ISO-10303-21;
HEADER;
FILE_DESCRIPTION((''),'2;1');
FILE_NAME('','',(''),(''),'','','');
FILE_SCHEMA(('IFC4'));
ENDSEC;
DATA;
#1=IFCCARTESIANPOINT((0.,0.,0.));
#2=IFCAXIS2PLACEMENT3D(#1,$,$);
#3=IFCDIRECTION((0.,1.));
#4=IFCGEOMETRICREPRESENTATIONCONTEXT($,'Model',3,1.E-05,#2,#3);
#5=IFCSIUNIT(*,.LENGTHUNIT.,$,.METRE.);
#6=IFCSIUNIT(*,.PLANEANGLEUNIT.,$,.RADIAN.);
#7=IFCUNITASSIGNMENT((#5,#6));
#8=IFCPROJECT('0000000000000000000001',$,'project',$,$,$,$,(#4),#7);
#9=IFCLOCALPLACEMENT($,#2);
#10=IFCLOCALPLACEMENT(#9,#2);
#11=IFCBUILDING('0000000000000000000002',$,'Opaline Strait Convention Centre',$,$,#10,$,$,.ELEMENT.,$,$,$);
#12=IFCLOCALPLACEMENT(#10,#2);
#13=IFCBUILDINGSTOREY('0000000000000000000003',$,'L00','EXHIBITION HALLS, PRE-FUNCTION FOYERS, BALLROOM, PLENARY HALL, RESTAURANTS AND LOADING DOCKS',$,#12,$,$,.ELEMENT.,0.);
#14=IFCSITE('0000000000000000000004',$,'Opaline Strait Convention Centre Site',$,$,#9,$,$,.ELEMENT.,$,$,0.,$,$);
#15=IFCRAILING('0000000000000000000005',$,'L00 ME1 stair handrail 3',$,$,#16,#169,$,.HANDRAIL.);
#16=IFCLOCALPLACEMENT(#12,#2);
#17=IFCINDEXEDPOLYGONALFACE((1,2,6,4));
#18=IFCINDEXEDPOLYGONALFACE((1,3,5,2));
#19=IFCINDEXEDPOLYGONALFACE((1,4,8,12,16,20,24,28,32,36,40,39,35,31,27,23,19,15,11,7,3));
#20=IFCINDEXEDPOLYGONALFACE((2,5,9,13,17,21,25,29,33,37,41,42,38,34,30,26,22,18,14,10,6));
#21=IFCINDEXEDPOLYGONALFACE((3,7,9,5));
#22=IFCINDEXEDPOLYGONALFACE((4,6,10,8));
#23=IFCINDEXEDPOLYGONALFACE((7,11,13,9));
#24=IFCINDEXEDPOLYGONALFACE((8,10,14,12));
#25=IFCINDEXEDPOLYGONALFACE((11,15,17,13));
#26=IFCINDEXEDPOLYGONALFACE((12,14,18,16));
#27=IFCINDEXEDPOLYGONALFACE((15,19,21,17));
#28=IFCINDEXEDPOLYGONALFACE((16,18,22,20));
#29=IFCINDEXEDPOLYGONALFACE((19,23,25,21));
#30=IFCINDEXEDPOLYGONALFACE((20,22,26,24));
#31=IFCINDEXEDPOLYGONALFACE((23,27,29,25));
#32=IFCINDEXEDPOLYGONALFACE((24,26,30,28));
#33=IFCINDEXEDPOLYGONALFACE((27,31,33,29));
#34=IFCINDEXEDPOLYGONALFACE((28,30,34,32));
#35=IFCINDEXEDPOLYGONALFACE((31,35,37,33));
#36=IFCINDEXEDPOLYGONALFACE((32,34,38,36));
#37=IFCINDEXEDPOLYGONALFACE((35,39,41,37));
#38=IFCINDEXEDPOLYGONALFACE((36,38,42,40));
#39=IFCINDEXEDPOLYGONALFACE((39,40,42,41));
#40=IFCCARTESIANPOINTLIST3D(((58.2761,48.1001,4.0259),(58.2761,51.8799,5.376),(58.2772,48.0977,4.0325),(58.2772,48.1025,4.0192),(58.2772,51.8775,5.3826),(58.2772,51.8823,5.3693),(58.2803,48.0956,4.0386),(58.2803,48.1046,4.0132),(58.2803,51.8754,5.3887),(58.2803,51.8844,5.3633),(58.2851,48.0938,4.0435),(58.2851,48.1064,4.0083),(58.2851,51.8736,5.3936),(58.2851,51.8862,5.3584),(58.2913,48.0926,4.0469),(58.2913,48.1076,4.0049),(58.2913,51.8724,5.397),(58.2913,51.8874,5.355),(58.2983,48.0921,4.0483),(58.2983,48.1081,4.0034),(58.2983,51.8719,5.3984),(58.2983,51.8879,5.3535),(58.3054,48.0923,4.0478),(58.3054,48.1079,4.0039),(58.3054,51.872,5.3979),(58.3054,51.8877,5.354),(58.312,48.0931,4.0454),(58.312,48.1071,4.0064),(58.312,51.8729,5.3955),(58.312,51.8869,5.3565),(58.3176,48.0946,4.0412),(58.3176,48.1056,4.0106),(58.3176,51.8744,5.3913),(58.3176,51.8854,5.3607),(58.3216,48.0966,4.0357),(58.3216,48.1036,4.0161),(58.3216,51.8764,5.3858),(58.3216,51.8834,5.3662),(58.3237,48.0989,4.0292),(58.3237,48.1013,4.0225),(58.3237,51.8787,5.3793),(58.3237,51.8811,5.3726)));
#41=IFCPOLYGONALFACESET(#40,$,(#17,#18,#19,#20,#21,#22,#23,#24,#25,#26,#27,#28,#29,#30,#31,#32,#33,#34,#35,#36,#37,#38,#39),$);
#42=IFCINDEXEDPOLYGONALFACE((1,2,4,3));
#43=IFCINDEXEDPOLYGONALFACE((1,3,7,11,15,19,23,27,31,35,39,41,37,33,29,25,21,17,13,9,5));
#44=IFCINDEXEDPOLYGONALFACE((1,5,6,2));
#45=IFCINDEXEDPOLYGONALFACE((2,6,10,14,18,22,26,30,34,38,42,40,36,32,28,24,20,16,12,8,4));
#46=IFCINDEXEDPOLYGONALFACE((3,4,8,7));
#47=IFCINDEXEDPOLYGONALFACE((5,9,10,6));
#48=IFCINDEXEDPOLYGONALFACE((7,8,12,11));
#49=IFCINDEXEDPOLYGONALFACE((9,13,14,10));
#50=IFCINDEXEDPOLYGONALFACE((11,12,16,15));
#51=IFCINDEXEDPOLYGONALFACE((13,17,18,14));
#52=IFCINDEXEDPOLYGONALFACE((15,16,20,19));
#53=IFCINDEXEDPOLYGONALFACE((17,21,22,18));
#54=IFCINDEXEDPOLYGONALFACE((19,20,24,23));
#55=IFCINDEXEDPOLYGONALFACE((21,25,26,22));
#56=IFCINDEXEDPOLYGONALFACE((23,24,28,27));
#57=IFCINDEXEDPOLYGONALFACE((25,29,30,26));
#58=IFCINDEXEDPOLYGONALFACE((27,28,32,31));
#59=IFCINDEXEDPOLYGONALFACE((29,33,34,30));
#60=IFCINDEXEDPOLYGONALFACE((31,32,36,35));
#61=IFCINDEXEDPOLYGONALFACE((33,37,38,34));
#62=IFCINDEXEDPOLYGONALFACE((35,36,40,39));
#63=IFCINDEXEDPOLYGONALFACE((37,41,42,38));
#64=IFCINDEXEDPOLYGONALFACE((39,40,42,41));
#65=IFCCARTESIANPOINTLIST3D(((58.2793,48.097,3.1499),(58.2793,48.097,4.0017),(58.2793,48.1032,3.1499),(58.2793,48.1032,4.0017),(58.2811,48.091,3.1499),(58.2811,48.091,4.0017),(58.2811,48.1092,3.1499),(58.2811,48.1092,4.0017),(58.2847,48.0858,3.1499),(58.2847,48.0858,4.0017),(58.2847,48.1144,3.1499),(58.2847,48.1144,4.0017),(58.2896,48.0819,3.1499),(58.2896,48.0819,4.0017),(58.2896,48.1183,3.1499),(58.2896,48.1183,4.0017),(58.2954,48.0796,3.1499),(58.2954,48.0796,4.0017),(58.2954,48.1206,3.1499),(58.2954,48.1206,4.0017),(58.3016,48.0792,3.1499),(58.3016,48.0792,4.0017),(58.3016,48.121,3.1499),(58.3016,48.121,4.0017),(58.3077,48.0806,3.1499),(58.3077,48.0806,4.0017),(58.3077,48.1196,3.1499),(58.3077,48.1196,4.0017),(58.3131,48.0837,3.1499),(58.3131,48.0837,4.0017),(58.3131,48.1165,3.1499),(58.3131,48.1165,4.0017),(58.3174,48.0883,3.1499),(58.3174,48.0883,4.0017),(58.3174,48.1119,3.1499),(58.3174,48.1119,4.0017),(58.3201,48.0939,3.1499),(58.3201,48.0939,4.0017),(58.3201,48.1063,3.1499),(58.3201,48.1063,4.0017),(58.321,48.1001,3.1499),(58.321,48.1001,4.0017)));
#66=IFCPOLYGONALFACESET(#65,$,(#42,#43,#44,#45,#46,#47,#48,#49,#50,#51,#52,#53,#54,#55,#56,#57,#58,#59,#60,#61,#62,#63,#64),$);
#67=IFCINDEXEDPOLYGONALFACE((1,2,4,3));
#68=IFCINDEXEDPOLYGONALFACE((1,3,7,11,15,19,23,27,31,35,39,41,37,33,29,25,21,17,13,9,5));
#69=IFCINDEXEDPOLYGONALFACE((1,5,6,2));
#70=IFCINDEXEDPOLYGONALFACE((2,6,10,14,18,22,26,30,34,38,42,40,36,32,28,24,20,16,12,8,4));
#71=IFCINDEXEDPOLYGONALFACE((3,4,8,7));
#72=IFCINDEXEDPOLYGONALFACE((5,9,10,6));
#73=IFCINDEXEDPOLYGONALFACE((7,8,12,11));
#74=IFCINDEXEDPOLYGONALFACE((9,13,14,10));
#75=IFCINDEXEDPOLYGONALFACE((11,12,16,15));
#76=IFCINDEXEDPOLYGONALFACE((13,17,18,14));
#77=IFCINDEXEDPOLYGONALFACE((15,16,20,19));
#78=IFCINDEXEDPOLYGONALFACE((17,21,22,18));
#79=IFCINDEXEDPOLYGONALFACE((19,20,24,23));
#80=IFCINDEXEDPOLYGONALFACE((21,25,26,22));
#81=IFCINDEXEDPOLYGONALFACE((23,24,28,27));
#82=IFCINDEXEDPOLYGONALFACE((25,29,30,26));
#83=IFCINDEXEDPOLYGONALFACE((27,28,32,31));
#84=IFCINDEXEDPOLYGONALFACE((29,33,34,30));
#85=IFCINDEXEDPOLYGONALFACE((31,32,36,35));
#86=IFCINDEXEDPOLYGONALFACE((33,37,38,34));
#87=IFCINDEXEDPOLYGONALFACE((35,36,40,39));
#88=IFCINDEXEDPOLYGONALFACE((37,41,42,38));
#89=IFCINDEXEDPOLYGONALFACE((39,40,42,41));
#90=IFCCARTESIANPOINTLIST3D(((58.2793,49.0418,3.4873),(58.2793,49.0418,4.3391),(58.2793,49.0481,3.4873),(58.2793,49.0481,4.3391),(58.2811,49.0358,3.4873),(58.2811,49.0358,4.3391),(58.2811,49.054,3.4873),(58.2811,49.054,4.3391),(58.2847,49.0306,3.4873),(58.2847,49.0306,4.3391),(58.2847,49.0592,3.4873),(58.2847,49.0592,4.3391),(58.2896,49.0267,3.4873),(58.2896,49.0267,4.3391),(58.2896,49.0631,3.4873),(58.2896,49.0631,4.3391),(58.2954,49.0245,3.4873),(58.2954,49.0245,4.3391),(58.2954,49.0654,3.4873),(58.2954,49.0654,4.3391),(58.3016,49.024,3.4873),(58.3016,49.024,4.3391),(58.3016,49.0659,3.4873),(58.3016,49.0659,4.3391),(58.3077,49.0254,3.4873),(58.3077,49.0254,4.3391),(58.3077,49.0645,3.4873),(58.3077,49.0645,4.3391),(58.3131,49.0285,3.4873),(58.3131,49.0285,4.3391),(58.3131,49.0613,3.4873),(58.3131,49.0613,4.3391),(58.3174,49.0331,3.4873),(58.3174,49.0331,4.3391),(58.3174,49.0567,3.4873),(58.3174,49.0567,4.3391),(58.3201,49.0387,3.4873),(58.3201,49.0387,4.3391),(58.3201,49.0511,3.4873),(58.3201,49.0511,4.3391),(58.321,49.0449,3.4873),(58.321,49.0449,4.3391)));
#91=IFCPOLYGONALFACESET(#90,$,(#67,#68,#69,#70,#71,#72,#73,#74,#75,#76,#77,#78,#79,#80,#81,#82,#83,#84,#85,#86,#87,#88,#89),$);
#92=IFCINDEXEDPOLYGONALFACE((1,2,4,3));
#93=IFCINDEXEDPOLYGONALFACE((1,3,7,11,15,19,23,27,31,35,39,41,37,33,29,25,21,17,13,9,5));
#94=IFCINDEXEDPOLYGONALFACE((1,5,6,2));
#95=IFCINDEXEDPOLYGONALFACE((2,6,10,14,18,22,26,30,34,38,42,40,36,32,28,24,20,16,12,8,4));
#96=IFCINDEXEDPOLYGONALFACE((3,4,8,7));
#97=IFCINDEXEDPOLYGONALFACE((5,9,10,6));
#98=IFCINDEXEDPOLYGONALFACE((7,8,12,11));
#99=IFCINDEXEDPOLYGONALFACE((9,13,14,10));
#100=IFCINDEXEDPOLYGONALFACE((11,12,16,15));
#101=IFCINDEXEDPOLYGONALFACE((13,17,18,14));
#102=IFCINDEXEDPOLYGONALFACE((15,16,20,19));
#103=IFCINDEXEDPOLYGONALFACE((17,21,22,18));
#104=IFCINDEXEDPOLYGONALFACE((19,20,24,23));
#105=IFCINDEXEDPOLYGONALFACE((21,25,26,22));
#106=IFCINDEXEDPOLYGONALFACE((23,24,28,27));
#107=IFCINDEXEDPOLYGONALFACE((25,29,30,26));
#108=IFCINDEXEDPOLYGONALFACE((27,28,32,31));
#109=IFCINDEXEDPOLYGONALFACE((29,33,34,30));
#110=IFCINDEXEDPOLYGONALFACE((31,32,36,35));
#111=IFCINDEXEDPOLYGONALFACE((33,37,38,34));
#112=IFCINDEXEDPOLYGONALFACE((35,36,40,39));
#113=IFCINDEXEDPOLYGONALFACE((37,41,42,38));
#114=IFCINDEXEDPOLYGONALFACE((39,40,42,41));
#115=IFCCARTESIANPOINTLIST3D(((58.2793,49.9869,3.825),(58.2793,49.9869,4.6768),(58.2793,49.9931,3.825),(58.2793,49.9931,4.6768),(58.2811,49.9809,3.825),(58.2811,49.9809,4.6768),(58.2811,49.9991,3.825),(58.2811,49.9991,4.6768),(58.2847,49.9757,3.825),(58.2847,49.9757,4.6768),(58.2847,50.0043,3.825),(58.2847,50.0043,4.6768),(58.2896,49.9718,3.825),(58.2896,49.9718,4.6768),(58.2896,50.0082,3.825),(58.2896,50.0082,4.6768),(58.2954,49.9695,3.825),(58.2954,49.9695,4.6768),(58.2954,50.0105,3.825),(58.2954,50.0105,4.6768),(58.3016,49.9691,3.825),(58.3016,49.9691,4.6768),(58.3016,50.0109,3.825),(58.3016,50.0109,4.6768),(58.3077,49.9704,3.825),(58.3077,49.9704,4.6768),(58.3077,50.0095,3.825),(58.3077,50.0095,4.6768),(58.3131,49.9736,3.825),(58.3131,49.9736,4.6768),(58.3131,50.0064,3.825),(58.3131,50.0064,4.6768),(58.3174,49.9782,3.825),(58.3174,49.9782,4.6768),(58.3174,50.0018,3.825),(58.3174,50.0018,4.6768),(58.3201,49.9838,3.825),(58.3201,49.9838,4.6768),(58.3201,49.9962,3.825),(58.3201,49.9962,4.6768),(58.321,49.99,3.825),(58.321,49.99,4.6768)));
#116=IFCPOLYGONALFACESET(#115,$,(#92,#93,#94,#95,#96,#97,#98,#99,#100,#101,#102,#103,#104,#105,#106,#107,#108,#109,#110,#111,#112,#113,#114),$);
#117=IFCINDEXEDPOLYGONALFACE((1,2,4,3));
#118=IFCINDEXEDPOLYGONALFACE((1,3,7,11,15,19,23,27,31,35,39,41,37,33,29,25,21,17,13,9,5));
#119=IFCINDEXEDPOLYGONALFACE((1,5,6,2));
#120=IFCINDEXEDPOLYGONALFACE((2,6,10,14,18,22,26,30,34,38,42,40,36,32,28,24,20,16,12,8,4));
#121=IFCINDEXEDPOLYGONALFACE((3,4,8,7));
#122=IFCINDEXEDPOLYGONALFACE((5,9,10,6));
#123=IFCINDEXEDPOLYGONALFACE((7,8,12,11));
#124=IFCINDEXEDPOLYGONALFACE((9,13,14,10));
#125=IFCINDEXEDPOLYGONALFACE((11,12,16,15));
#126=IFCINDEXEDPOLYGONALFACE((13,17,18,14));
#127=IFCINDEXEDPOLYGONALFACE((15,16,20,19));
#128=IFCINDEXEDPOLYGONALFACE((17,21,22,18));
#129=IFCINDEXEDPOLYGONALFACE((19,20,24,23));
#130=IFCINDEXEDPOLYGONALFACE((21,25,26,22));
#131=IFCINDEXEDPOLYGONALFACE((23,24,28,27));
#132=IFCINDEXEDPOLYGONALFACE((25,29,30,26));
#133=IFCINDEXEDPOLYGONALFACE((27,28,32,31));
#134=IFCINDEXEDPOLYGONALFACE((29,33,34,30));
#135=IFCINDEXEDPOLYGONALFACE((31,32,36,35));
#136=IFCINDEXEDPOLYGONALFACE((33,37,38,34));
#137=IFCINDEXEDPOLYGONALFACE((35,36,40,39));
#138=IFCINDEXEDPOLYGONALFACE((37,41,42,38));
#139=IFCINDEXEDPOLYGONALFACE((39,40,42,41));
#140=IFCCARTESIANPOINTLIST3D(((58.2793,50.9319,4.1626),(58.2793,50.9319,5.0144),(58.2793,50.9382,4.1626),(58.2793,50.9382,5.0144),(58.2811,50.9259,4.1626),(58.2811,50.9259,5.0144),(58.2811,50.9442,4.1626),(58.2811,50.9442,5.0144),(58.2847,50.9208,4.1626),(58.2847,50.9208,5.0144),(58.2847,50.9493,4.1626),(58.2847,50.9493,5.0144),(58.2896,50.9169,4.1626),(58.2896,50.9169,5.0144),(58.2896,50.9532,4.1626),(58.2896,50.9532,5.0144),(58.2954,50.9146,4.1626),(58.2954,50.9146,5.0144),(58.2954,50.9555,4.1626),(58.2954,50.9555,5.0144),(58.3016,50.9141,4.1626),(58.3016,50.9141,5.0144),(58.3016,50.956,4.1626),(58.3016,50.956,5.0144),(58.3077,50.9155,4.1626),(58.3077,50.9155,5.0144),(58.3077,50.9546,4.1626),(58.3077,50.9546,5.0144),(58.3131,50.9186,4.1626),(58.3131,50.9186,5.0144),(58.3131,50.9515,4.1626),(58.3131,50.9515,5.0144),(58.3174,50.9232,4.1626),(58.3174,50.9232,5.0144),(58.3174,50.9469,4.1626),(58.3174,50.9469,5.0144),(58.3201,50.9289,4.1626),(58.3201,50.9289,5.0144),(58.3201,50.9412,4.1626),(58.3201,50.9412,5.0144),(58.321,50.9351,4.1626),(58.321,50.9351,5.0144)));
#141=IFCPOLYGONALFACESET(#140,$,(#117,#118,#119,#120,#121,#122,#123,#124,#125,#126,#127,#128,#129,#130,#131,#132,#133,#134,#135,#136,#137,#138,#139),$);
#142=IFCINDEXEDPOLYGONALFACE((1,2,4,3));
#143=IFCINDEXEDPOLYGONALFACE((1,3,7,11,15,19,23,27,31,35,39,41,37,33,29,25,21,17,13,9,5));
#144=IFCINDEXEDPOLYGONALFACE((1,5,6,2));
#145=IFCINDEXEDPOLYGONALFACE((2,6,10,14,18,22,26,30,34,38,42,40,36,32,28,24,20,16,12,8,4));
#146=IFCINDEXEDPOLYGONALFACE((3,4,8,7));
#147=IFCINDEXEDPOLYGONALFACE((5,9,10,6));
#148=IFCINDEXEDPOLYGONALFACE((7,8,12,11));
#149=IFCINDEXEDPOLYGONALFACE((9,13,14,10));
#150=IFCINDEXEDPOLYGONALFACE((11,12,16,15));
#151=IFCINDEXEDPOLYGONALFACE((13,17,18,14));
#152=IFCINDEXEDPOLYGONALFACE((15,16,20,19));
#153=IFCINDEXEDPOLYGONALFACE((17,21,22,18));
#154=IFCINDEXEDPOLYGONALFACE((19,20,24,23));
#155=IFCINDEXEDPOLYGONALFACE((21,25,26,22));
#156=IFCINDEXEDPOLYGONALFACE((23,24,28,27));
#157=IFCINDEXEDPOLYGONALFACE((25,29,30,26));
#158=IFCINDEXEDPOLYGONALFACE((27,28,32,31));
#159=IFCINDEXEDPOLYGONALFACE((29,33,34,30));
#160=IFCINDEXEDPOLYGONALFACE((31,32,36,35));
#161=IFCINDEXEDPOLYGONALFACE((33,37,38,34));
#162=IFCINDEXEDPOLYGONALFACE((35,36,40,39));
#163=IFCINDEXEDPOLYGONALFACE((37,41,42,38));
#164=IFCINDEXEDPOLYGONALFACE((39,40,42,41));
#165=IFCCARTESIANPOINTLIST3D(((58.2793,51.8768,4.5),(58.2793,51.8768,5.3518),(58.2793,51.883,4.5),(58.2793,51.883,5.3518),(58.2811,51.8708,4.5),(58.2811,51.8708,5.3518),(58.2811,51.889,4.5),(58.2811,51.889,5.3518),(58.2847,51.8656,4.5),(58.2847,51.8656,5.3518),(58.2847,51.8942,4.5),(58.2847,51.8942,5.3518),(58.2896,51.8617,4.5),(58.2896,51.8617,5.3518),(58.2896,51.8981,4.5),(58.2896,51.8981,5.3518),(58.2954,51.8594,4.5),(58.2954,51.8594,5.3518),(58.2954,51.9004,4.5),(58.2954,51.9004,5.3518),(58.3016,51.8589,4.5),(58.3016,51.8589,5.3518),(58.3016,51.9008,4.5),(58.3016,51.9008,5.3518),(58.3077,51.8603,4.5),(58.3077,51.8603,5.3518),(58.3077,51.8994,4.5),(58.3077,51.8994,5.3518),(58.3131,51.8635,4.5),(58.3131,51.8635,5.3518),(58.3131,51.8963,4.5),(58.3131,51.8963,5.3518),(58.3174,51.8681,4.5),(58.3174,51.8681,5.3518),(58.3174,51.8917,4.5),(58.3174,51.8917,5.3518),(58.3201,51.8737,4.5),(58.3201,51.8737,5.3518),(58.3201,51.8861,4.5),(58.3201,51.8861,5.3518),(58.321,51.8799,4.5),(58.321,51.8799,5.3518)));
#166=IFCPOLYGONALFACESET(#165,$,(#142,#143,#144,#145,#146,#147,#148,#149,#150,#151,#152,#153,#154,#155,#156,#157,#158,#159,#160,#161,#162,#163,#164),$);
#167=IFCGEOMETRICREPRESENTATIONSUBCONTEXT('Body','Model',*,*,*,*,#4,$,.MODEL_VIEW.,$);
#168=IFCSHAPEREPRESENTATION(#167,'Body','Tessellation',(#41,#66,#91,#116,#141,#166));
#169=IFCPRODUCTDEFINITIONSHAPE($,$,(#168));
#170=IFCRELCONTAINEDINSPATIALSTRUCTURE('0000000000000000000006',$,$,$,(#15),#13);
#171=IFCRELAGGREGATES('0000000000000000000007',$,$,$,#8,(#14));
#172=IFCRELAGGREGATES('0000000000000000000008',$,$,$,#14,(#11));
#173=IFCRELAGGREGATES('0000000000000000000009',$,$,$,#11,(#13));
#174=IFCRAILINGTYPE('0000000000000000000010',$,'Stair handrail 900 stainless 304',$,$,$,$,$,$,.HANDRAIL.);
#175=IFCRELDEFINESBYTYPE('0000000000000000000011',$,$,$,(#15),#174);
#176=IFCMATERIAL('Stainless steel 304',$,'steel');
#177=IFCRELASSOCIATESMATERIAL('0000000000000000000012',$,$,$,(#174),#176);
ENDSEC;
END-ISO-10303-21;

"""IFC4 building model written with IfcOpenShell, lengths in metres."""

from ifc_helpers import new_model, si_unit, direction, frame, origin, origin_2d, place, context, subcontext, project, spatial, circle, extrude, material, type_object, element, save


model = new_model("IFC4")

# Units and contexts
model_context = context("Model", 3, precision=1e-05, world=origin(), true_north=direction((0.0, 1.0)))
body_context = subcontext(model_context, "Body", "Model", "MODEL_VIEW")
ifc_project = project(units=[si_unit("LENGTHUNIT", "METRE"), si_unit("PLANEANGLEUNIT", "RADIAN")], contexts=[model_context])

# Site, building, storey
site_placement = place(None, origin())
site = spatial("IfcSite", under=ifc_project, at=site_placement, Name="Opaline Strait Convention Centre Site", CompositionType="ELEMENT", RefElevation=0.0)
building_placement = place(site_placement, origin())
building = spatial("IfcBuilding", under=site, at=building_placement, Name="Opaline Strait Convention Centre", CompositionType="ELEMENT")
storey_placement = place(building_placement, origin())
storey = spatial("IfcBuildingStorey", under=building, at=storey_placement, Name="L00", Description="EXHIBITION HALLS, PRE-FUNCTION FOYERS, BALLROOM, PLENARY HALL, RESTAURANTS AND LOADING DOCKS", CompositionType="ELEMENT", Elevation=0.0)

# Railing
ifc_material_1 = material(Name="Stainless steel 304", Category="steel")
railing_type_1 = type_object("IfcRailingType", Name="Stair handrail 900 stainless 304", PredefinedType="HANDRAIL", material=ifc_material_1)
railing_1_placement = place(storey_placement, frame((58.3, 48.1001, 3.1499)))
element("IfcRailing", 1, at=railing_1_placement, inside=storey, type_object=railing_type_1, Name="L00 ME1 stair handrail 3", PredefinedType="HANDRAIL", context=body_context, shape_type="SweptSolid", body=[
    extrude(circle(Radius=0.0239, at=origin_2d()), frame((0.0, 0.0, 0.876), z_axis=(0.0, 0.941728, 0.336375), x_axis=(-1.0, 0.0, 0.0)), (0.0, 0.0, 1.0), 4.0137),
    extrude(circle(Radius=0.021, at=origin_2d()), origin(), (0.0, 0.0, 1.0), 0.8518),
    extrude(circle(Radius=0.021, at=origin_2d()), frame((0.0, 0.9448, 0.3374)), (0.0, 0.0, 1.0), 0.8518),
    extrude(circle(Radius=0.021, at=origin_2d()), frame((0.0, 1.8899, 0.675)), (0.0, 0.0, 1.0), 0.8518),
    extrude(circle(Radius=0.021, at=origin_2d()), frame((0.0, 2.835, 1.0127)), (0.0, 0.0, 1.0), 0.8518),
    extrude(circle(Radius=0.021, at=origin_2d()), frame((0.0, 3.7798, 1.3501)), (0.0, 0.0, 1.0), 0.8518),
])

save(model, "model.ifc")
